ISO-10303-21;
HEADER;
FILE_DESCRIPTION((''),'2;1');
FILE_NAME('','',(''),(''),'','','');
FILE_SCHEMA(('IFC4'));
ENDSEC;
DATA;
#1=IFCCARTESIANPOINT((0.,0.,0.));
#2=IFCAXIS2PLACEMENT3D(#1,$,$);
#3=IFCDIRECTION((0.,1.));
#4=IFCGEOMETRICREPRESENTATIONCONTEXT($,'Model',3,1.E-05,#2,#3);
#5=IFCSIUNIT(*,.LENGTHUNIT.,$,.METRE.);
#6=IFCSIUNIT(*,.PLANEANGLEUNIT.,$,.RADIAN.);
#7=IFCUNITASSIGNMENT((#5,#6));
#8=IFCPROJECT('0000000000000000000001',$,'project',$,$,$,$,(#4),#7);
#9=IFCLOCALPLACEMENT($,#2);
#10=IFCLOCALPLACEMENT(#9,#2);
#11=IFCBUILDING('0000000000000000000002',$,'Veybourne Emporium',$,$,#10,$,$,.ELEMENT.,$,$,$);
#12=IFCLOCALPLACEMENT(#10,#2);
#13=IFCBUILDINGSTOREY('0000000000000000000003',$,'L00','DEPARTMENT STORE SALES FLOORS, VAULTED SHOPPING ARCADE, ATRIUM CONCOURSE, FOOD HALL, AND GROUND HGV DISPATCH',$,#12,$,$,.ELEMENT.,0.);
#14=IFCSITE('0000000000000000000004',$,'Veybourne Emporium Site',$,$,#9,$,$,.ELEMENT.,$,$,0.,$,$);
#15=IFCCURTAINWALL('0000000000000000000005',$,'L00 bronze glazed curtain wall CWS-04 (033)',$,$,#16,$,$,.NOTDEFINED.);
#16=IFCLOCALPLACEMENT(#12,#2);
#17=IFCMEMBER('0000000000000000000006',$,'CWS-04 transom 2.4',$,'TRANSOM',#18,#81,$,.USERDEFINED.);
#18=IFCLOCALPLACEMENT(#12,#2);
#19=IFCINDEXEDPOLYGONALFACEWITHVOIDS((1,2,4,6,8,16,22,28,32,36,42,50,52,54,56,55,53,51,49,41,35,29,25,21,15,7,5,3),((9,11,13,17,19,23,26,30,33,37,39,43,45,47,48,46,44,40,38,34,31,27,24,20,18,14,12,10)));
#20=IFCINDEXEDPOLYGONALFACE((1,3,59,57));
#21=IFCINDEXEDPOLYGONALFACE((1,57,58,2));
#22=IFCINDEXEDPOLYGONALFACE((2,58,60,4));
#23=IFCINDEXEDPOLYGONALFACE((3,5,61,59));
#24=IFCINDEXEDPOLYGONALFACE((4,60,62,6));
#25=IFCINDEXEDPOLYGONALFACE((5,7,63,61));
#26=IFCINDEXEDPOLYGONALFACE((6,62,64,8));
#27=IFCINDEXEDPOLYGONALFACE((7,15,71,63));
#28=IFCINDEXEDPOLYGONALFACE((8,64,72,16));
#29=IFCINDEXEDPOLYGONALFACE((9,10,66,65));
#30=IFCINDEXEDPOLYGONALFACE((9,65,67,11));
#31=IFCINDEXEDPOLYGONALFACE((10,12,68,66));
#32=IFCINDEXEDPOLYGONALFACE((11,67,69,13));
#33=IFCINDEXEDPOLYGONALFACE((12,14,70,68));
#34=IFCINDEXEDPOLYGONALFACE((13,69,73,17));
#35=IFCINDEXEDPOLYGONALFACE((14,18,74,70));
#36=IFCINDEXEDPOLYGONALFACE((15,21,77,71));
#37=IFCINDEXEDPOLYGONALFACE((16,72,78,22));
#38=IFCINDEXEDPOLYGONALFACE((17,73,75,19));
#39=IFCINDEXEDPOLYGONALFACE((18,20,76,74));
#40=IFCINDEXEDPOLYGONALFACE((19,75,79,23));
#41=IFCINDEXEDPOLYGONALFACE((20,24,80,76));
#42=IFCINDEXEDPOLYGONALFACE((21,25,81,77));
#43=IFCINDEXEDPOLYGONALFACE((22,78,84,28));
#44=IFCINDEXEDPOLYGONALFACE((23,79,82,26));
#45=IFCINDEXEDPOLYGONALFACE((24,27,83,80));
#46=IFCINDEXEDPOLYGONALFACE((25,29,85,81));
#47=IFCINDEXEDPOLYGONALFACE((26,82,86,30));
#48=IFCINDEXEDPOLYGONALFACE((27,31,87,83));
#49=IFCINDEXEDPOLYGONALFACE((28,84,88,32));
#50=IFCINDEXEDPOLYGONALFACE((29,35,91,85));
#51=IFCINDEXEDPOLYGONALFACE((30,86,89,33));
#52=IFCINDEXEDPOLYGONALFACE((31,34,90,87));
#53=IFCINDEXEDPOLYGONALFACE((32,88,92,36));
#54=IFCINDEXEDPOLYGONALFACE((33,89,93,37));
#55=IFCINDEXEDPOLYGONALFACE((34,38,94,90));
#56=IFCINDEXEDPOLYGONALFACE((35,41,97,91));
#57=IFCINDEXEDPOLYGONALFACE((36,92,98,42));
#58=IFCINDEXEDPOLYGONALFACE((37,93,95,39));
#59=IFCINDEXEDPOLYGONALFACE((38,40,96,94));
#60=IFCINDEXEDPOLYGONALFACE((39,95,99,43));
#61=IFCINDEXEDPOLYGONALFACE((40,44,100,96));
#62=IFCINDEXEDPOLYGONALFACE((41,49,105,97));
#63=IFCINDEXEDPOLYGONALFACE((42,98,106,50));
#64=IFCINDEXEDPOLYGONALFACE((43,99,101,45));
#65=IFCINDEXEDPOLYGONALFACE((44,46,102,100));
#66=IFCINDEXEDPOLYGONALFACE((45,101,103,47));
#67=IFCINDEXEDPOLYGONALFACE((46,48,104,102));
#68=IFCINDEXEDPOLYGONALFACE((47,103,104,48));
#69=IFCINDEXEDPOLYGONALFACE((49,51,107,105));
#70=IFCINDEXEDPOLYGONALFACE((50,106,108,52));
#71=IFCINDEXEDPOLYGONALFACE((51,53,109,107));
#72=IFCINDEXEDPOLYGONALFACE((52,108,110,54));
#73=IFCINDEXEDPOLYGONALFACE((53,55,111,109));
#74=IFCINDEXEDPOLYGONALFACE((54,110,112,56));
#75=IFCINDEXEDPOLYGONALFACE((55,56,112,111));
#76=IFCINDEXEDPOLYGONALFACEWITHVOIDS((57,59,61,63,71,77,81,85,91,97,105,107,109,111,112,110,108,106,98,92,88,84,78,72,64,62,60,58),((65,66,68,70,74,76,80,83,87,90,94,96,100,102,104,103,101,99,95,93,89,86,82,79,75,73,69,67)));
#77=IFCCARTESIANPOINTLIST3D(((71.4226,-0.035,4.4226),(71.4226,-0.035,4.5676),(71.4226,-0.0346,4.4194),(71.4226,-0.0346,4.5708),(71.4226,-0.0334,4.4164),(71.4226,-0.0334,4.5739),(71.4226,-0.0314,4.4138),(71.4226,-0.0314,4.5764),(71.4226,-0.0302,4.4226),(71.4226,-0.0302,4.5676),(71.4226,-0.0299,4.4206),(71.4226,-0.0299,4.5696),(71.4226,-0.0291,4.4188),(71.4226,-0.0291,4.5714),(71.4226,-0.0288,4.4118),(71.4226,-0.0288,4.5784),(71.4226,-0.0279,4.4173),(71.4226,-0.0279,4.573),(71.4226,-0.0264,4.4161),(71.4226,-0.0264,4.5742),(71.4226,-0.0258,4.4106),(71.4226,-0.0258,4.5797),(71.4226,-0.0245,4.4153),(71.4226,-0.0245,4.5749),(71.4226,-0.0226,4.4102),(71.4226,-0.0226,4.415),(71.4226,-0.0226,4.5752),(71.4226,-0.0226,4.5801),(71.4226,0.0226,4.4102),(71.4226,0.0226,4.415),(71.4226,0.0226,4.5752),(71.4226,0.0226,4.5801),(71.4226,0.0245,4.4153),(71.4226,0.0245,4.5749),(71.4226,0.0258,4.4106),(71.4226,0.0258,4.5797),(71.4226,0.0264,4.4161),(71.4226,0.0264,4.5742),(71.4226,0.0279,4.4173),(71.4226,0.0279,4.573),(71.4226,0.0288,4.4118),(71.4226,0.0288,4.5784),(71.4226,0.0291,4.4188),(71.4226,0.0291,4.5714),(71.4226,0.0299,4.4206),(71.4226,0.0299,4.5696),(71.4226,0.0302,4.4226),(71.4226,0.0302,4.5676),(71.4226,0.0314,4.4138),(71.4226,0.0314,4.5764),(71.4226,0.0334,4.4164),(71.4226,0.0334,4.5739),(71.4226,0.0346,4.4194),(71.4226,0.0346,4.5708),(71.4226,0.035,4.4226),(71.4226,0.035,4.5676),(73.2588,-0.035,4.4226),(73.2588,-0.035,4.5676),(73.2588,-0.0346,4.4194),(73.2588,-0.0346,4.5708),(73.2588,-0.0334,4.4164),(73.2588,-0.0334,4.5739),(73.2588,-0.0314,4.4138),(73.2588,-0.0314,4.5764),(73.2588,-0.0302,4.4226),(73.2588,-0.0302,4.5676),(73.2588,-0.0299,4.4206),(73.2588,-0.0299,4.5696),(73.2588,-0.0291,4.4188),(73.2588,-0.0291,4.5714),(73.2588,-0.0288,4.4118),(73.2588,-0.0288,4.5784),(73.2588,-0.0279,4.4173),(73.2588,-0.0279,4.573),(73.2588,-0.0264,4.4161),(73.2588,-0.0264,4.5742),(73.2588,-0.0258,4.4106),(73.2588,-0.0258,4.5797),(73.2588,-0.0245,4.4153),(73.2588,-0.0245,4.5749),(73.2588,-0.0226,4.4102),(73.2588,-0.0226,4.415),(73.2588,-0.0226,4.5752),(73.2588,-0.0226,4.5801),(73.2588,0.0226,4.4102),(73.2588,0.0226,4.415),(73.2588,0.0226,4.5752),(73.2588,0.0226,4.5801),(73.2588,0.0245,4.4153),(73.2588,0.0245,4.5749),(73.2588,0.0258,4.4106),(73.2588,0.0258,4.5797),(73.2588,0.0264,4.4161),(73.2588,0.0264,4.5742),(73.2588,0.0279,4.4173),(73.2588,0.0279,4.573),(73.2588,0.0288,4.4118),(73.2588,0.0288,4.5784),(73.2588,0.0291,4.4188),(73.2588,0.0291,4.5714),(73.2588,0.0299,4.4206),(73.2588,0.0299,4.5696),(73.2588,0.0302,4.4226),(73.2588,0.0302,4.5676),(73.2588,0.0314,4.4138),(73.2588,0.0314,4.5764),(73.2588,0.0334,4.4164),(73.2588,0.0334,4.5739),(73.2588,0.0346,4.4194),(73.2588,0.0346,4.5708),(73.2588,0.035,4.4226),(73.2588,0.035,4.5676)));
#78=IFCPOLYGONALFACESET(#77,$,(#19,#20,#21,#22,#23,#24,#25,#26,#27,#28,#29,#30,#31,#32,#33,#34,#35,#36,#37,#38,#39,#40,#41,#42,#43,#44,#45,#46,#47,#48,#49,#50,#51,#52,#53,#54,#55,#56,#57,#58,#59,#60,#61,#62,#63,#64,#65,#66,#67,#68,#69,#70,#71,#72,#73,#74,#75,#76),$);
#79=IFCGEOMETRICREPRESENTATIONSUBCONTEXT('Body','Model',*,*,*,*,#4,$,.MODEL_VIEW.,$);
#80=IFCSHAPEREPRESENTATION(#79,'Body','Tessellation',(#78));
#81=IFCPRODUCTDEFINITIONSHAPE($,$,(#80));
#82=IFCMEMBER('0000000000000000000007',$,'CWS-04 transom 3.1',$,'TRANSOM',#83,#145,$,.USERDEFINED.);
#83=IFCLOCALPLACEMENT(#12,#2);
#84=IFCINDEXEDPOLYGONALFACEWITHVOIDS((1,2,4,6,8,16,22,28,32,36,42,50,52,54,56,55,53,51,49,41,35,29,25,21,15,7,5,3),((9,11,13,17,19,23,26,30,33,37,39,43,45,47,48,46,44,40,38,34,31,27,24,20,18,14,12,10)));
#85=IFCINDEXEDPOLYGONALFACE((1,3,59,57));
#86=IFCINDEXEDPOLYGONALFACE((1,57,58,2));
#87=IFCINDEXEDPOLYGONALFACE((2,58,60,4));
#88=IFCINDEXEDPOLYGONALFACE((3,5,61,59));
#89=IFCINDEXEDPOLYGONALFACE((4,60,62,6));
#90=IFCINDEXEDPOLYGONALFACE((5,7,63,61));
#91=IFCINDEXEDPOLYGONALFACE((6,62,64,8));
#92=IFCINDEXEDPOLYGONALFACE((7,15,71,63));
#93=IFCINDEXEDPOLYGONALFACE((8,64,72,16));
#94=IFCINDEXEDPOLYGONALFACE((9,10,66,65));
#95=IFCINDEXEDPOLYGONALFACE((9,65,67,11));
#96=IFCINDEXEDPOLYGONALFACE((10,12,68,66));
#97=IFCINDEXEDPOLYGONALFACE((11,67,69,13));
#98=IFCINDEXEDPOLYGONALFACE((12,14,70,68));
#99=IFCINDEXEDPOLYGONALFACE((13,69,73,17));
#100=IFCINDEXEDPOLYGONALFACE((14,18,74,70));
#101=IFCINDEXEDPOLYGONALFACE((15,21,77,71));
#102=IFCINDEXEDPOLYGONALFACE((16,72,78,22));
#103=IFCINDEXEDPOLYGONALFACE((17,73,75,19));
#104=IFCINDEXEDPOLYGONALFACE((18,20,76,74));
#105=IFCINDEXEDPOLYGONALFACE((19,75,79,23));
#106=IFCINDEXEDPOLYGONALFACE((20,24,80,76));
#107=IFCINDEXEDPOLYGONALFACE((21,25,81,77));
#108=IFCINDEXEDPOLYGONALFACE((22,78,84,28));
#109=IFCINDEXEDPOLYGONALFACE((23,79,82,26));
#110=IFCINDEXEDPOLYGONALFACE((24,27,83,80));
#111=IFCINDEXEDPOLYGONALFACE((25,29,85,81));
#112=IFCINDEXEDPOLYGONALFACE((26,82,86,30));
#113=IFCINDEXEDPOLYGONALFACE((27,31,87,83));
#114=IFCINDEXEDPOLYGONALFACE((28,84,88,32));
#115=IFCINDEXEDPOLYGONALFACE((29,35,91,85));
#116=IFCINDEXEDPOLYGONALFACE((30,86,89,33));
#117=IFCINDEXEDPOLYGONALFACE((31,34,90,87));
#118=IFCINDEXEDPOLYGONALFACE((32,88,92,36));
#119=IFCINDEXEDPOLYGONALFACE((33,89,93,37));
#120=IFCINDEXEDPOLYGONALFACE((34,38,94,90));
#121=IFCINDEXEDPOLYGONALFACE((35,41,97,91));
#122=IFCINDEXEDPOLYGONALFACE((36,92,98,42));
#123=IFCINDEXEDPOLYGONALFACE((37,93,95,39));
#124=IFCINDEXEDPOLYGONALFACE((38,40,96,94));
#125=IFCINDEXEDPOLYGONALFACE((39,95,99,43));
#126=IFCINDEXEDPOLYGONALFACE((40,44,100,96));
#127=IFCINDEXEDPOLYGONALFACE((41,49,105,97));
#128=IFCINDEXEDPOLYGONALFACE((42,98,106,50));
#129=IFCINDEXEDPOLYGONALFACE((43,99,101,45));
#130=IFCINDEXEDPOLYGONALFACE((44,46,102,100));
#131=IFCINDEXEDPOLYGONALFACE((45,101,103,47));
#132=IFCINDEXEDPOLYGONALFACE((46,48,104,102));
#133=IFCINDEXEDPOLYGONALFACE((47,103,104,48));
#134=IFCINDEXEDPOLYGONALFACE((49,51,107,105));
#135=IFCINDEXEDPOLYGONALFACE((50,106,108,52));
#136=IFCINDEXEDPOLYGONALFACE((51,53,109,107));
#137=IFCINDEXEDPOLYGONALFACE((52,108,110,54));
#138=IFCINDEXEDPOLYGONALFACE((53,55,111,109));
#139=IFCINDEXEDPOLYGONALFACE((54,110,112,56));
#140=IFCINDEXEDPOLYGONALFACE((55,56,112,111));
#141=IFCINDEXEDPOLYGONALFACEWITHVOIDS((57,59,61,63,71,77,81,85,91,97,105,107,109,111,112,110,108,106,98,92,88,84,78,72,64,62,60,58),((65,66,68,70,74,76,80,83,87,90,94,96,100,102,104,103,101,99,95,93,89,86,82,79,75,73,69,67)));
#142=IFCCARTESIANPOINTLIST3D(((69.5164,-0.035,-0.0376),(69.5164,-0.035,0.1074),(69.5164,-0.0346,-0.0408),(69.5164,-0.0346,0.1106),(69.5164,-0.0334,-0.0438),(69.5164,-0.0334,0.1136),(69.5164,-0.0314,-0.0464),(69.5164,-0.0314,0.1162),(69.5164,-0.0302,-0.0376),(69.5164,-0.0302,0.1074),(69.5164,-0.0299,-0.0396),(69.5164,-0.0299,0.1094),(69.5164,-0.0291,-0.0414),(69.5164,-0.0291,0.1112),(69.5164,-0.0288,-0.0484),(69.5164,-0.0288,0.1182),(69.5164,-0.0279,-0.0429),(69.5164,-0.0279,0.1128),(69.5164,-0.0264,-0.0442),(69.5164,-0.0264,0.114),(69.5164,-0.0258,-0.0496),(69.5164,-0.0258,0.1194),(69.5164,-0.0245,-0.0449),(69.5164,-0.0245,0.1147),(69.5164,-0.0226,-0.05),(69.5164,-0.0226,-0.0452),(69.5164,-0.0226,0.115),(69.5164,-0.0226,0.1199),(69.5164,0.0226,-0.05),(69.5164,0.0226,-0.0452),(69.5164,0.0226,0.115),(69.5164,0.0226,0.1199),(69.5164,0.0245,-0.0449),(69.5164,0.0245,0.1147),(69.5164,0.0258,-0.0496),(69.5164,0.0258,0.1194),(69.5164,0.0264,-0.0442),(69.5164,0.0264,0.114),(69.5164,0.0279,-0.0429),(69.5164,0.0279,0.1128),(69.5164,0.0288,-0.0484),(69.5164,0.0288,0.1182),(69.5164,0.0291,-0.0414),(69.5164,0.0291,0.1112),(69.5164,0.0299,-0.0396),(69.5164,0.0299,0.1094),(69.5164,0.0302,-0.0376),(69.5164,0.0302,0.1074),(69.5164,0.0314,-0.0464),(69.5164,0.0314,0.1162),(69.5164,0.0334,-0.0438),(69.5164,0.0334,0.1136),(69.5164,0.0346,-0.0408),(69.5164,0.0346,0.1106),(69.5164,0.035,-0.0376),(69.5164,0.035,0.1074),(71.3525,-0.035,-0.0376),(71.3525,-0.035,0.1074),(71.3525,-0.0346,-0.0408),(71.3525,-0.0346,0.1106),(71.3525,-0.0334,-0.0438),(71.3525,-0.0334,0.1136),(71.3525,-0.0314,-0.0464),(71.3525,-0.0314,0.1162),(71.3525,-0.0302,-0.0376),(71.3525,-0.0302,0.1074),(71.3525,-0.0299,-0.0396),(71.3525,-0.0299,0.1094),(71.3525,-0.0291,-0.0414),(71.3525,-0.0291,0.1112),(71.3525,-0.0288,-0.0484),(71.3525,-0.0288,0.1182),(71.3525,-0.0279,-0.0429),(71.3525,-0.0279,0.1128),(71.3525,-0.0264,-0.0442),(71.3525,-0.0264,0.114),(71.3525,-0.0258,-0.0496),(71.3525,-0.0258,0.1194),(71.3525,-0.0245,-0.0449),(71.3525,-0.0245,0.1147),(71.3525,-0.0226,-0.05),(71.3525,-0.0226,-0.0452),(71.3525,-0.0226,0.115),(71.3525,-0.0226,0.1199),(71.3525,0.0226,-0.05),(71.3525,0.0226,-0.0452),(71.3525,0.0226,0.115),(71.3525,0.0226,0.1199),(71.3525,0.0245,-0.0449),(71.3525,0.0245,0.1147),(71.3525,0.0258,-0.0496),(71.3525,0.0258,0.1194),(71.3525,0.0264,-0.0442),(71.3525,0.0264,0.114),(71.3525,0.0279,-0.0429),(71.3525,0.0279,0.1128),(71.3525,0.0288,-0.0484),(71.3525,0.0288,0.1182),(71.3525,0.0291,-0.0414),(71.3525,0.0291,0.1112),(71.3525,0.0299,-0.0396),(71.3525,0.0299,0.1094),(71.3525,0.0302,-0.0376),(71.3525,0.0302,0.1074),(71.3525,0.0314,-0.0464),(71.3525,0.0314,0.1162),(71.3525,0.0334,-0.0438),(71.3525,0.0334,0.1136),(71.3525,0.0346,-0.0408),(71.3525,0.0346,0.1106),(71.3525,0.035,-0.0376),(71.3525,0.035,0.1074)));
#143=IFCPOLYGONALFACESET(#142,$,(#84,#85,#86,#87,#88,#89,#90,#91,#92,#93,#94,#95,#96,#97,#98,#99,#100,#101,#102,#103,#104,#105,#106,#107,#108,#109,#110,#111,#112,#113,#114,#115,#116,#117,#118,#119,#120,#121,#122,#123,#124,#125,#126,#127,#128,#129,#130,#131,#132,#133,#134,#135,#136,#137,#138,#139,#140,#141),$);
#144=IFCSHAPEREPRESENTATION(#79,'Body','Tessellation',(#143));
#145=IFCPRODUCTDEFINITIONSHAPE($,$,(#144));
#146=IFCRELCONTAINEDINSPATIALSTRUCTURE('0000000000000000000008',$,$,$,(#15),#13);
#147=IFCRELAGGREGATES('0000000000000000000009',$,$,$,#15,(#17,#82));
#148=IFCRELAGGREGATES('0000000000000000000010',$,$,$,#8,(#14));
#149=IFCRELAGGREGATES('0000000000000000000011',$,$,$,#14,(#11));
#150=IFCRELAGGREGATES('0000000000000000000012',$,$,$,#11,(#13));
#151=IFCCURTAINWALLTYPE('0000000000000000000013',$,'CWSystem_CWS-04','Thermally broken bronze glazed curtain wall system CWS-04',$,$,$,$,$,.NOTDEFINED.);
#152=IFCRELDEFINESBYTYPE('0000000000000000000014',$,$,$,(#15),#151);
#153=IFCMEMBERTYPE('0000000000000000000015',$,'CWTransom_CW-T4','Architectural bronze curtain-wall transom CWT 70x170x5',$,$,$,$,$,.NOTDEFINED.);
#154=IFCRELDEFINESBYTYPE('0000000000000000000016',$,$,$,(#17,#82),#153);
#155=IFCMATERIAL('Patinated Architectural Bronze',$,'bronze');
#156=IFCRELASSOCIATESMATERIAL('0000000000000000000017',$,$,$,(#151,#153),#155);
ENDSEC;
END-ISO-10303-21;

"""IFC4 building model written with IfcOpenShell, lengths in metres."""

from ifc_helpers import new_model, si_unit, direction, frame, origin, origin_2d, place, context, subcontext, project, spatial, hollow_rectangle, extrude, material, material_profile, profile_set, type_object, element, aggregate, save


model = new_model("IFC4")

# Units and contexts
model_context = context("Model", 3, precision=1e-05, world=origin(), true_north=direction((0.0, 1.0)))
body_context = subcontext(model_context, "Body", "Model", "MODEL_VIEW")
ifc_project = project(units=[si_unit("LENGTHUNIT", "METRE"), si_unit("PLANEANGLEUNIT", "RADIAN")], contexts=[model_context])

# Site, building, storey
site_placement = place(None, origin())
site = spatial("IfcSite", under=ifc_project, at=site_placement, Name="Veybourne Emporium Site", CompositionType="ELEMENT", RefElevation=0.0)
building_placement = place(site_placement, origin())
building = spatial("IfcBuilding", under=site, at=building_placement, Name="Veybourne Emporium", CompositionType="ELEMENT")
storey_placement = place(building_placement, origin())
storey = spatial("IfcBuildingStorey", under=building, at=storey_placement, Name="L00", Description="DEPARTMENT STORE SALES FLOORS, VAULTED SHOPPING ARCADE, ATRIUM CONCOURSE, FOOD HALL, AND GROUND HGV DISPATCH", CompositionType="ELEMENT", Elevation=0.0)

# Curtain wall, members
ifc_material_1 = material(Name="Patinated Architectural Bronze", Category="bronze")
curtain_wall_type = type_object("IfcCurtainWallType", Name="CWSystem_CWS-04", Description="Thermally broken bronze glazed curtain wall system CWS-04", PredefinedType="NOTDEFINED", material=ifc_material_1)
curtain_wall_placement = place(storey_placement, origin())
curtain_wall = element("IfcCurtainWall", 1, at=curtain_wall_placement, inside=storey, type_object=curtain_wall_type, Name="L00 bronze glazed curtain wall CWS-04 (033)", PredefinedType="NOTDEFINED")
ifc_material_profile_1 = material_profile(ifc_material_1, hollow_rectangle(XDim=0.0701, YDim=0.1699, WallThickness=0.0049, InnerFilletRadius=0.0076, OuterFilletRadius=0.0125, at=origin_2d()), Name="CWT 70x170x5")
ifc_profile_set_1 = profile_set([ifc_material_profile_1], Name="Patinated Architectural Bronze")
member_type_1 = type_object("IfcMemberType", Name="CWTransom_CW-T4", Description="Architectural bronze curtain-wall transom CWT 70x170x5", PredefinedType="NOTDEFINED", material=ifc_profile_set_1)
member_1_placement = place(storey_placement, frame((73.2588, 0.0, 4.4951), z_axis=(-1.0, 0.0, 0.0), x_axis=(0.0, -1.0, 0.0)))
member_1 = element("IfcMember", 2, at=member_1_placement, type_object=member_type_1, Name="CWS-04 transom 2.4", ObjectType="TRANSOM", PredefinedType="USERDEFINED", context=body_context, shape_type="SweptSolid", body=[
    extrude(hollow_rectangle(XDim=0.0701, YDim=0.1699, WallThickness=0.0049, InnerFilletRadius=0.0076, OuterFilletRadius=0.0125, at=origin_2d()), origin(), (0.0, 0.0, 1.0), 1.8362),
])
member_2_placement = place(storey_placement, frame((71.3525, 0.0, 0.0349), z_axis=(-1.0, 0.0, 0.0), x_axis=(0.0, -1.0, 0.0)))
member_2 = element("IfcMember", 3, at=member_2_placement, type_object=member_type_1, Name="CWS-04 transom 3.1", ObjectType="TRANSOM", PredefinedType="USERDEFINED", context=body_context, shape_type="SweptSolid", body=[
    extrude(hollow_rectangle(XDim=0.0701, YDim=0.1699, WallThickness=0.0049, InnerFilletRadius=0.0076, OuterFilletRadius=0.0125, at=origin_2d()), origin(), (0.0, 0.0, 1.0), 1.8362),
])

aggregate(curtain_wall, [member_1, member_2])

save(model, "model.ifc")
